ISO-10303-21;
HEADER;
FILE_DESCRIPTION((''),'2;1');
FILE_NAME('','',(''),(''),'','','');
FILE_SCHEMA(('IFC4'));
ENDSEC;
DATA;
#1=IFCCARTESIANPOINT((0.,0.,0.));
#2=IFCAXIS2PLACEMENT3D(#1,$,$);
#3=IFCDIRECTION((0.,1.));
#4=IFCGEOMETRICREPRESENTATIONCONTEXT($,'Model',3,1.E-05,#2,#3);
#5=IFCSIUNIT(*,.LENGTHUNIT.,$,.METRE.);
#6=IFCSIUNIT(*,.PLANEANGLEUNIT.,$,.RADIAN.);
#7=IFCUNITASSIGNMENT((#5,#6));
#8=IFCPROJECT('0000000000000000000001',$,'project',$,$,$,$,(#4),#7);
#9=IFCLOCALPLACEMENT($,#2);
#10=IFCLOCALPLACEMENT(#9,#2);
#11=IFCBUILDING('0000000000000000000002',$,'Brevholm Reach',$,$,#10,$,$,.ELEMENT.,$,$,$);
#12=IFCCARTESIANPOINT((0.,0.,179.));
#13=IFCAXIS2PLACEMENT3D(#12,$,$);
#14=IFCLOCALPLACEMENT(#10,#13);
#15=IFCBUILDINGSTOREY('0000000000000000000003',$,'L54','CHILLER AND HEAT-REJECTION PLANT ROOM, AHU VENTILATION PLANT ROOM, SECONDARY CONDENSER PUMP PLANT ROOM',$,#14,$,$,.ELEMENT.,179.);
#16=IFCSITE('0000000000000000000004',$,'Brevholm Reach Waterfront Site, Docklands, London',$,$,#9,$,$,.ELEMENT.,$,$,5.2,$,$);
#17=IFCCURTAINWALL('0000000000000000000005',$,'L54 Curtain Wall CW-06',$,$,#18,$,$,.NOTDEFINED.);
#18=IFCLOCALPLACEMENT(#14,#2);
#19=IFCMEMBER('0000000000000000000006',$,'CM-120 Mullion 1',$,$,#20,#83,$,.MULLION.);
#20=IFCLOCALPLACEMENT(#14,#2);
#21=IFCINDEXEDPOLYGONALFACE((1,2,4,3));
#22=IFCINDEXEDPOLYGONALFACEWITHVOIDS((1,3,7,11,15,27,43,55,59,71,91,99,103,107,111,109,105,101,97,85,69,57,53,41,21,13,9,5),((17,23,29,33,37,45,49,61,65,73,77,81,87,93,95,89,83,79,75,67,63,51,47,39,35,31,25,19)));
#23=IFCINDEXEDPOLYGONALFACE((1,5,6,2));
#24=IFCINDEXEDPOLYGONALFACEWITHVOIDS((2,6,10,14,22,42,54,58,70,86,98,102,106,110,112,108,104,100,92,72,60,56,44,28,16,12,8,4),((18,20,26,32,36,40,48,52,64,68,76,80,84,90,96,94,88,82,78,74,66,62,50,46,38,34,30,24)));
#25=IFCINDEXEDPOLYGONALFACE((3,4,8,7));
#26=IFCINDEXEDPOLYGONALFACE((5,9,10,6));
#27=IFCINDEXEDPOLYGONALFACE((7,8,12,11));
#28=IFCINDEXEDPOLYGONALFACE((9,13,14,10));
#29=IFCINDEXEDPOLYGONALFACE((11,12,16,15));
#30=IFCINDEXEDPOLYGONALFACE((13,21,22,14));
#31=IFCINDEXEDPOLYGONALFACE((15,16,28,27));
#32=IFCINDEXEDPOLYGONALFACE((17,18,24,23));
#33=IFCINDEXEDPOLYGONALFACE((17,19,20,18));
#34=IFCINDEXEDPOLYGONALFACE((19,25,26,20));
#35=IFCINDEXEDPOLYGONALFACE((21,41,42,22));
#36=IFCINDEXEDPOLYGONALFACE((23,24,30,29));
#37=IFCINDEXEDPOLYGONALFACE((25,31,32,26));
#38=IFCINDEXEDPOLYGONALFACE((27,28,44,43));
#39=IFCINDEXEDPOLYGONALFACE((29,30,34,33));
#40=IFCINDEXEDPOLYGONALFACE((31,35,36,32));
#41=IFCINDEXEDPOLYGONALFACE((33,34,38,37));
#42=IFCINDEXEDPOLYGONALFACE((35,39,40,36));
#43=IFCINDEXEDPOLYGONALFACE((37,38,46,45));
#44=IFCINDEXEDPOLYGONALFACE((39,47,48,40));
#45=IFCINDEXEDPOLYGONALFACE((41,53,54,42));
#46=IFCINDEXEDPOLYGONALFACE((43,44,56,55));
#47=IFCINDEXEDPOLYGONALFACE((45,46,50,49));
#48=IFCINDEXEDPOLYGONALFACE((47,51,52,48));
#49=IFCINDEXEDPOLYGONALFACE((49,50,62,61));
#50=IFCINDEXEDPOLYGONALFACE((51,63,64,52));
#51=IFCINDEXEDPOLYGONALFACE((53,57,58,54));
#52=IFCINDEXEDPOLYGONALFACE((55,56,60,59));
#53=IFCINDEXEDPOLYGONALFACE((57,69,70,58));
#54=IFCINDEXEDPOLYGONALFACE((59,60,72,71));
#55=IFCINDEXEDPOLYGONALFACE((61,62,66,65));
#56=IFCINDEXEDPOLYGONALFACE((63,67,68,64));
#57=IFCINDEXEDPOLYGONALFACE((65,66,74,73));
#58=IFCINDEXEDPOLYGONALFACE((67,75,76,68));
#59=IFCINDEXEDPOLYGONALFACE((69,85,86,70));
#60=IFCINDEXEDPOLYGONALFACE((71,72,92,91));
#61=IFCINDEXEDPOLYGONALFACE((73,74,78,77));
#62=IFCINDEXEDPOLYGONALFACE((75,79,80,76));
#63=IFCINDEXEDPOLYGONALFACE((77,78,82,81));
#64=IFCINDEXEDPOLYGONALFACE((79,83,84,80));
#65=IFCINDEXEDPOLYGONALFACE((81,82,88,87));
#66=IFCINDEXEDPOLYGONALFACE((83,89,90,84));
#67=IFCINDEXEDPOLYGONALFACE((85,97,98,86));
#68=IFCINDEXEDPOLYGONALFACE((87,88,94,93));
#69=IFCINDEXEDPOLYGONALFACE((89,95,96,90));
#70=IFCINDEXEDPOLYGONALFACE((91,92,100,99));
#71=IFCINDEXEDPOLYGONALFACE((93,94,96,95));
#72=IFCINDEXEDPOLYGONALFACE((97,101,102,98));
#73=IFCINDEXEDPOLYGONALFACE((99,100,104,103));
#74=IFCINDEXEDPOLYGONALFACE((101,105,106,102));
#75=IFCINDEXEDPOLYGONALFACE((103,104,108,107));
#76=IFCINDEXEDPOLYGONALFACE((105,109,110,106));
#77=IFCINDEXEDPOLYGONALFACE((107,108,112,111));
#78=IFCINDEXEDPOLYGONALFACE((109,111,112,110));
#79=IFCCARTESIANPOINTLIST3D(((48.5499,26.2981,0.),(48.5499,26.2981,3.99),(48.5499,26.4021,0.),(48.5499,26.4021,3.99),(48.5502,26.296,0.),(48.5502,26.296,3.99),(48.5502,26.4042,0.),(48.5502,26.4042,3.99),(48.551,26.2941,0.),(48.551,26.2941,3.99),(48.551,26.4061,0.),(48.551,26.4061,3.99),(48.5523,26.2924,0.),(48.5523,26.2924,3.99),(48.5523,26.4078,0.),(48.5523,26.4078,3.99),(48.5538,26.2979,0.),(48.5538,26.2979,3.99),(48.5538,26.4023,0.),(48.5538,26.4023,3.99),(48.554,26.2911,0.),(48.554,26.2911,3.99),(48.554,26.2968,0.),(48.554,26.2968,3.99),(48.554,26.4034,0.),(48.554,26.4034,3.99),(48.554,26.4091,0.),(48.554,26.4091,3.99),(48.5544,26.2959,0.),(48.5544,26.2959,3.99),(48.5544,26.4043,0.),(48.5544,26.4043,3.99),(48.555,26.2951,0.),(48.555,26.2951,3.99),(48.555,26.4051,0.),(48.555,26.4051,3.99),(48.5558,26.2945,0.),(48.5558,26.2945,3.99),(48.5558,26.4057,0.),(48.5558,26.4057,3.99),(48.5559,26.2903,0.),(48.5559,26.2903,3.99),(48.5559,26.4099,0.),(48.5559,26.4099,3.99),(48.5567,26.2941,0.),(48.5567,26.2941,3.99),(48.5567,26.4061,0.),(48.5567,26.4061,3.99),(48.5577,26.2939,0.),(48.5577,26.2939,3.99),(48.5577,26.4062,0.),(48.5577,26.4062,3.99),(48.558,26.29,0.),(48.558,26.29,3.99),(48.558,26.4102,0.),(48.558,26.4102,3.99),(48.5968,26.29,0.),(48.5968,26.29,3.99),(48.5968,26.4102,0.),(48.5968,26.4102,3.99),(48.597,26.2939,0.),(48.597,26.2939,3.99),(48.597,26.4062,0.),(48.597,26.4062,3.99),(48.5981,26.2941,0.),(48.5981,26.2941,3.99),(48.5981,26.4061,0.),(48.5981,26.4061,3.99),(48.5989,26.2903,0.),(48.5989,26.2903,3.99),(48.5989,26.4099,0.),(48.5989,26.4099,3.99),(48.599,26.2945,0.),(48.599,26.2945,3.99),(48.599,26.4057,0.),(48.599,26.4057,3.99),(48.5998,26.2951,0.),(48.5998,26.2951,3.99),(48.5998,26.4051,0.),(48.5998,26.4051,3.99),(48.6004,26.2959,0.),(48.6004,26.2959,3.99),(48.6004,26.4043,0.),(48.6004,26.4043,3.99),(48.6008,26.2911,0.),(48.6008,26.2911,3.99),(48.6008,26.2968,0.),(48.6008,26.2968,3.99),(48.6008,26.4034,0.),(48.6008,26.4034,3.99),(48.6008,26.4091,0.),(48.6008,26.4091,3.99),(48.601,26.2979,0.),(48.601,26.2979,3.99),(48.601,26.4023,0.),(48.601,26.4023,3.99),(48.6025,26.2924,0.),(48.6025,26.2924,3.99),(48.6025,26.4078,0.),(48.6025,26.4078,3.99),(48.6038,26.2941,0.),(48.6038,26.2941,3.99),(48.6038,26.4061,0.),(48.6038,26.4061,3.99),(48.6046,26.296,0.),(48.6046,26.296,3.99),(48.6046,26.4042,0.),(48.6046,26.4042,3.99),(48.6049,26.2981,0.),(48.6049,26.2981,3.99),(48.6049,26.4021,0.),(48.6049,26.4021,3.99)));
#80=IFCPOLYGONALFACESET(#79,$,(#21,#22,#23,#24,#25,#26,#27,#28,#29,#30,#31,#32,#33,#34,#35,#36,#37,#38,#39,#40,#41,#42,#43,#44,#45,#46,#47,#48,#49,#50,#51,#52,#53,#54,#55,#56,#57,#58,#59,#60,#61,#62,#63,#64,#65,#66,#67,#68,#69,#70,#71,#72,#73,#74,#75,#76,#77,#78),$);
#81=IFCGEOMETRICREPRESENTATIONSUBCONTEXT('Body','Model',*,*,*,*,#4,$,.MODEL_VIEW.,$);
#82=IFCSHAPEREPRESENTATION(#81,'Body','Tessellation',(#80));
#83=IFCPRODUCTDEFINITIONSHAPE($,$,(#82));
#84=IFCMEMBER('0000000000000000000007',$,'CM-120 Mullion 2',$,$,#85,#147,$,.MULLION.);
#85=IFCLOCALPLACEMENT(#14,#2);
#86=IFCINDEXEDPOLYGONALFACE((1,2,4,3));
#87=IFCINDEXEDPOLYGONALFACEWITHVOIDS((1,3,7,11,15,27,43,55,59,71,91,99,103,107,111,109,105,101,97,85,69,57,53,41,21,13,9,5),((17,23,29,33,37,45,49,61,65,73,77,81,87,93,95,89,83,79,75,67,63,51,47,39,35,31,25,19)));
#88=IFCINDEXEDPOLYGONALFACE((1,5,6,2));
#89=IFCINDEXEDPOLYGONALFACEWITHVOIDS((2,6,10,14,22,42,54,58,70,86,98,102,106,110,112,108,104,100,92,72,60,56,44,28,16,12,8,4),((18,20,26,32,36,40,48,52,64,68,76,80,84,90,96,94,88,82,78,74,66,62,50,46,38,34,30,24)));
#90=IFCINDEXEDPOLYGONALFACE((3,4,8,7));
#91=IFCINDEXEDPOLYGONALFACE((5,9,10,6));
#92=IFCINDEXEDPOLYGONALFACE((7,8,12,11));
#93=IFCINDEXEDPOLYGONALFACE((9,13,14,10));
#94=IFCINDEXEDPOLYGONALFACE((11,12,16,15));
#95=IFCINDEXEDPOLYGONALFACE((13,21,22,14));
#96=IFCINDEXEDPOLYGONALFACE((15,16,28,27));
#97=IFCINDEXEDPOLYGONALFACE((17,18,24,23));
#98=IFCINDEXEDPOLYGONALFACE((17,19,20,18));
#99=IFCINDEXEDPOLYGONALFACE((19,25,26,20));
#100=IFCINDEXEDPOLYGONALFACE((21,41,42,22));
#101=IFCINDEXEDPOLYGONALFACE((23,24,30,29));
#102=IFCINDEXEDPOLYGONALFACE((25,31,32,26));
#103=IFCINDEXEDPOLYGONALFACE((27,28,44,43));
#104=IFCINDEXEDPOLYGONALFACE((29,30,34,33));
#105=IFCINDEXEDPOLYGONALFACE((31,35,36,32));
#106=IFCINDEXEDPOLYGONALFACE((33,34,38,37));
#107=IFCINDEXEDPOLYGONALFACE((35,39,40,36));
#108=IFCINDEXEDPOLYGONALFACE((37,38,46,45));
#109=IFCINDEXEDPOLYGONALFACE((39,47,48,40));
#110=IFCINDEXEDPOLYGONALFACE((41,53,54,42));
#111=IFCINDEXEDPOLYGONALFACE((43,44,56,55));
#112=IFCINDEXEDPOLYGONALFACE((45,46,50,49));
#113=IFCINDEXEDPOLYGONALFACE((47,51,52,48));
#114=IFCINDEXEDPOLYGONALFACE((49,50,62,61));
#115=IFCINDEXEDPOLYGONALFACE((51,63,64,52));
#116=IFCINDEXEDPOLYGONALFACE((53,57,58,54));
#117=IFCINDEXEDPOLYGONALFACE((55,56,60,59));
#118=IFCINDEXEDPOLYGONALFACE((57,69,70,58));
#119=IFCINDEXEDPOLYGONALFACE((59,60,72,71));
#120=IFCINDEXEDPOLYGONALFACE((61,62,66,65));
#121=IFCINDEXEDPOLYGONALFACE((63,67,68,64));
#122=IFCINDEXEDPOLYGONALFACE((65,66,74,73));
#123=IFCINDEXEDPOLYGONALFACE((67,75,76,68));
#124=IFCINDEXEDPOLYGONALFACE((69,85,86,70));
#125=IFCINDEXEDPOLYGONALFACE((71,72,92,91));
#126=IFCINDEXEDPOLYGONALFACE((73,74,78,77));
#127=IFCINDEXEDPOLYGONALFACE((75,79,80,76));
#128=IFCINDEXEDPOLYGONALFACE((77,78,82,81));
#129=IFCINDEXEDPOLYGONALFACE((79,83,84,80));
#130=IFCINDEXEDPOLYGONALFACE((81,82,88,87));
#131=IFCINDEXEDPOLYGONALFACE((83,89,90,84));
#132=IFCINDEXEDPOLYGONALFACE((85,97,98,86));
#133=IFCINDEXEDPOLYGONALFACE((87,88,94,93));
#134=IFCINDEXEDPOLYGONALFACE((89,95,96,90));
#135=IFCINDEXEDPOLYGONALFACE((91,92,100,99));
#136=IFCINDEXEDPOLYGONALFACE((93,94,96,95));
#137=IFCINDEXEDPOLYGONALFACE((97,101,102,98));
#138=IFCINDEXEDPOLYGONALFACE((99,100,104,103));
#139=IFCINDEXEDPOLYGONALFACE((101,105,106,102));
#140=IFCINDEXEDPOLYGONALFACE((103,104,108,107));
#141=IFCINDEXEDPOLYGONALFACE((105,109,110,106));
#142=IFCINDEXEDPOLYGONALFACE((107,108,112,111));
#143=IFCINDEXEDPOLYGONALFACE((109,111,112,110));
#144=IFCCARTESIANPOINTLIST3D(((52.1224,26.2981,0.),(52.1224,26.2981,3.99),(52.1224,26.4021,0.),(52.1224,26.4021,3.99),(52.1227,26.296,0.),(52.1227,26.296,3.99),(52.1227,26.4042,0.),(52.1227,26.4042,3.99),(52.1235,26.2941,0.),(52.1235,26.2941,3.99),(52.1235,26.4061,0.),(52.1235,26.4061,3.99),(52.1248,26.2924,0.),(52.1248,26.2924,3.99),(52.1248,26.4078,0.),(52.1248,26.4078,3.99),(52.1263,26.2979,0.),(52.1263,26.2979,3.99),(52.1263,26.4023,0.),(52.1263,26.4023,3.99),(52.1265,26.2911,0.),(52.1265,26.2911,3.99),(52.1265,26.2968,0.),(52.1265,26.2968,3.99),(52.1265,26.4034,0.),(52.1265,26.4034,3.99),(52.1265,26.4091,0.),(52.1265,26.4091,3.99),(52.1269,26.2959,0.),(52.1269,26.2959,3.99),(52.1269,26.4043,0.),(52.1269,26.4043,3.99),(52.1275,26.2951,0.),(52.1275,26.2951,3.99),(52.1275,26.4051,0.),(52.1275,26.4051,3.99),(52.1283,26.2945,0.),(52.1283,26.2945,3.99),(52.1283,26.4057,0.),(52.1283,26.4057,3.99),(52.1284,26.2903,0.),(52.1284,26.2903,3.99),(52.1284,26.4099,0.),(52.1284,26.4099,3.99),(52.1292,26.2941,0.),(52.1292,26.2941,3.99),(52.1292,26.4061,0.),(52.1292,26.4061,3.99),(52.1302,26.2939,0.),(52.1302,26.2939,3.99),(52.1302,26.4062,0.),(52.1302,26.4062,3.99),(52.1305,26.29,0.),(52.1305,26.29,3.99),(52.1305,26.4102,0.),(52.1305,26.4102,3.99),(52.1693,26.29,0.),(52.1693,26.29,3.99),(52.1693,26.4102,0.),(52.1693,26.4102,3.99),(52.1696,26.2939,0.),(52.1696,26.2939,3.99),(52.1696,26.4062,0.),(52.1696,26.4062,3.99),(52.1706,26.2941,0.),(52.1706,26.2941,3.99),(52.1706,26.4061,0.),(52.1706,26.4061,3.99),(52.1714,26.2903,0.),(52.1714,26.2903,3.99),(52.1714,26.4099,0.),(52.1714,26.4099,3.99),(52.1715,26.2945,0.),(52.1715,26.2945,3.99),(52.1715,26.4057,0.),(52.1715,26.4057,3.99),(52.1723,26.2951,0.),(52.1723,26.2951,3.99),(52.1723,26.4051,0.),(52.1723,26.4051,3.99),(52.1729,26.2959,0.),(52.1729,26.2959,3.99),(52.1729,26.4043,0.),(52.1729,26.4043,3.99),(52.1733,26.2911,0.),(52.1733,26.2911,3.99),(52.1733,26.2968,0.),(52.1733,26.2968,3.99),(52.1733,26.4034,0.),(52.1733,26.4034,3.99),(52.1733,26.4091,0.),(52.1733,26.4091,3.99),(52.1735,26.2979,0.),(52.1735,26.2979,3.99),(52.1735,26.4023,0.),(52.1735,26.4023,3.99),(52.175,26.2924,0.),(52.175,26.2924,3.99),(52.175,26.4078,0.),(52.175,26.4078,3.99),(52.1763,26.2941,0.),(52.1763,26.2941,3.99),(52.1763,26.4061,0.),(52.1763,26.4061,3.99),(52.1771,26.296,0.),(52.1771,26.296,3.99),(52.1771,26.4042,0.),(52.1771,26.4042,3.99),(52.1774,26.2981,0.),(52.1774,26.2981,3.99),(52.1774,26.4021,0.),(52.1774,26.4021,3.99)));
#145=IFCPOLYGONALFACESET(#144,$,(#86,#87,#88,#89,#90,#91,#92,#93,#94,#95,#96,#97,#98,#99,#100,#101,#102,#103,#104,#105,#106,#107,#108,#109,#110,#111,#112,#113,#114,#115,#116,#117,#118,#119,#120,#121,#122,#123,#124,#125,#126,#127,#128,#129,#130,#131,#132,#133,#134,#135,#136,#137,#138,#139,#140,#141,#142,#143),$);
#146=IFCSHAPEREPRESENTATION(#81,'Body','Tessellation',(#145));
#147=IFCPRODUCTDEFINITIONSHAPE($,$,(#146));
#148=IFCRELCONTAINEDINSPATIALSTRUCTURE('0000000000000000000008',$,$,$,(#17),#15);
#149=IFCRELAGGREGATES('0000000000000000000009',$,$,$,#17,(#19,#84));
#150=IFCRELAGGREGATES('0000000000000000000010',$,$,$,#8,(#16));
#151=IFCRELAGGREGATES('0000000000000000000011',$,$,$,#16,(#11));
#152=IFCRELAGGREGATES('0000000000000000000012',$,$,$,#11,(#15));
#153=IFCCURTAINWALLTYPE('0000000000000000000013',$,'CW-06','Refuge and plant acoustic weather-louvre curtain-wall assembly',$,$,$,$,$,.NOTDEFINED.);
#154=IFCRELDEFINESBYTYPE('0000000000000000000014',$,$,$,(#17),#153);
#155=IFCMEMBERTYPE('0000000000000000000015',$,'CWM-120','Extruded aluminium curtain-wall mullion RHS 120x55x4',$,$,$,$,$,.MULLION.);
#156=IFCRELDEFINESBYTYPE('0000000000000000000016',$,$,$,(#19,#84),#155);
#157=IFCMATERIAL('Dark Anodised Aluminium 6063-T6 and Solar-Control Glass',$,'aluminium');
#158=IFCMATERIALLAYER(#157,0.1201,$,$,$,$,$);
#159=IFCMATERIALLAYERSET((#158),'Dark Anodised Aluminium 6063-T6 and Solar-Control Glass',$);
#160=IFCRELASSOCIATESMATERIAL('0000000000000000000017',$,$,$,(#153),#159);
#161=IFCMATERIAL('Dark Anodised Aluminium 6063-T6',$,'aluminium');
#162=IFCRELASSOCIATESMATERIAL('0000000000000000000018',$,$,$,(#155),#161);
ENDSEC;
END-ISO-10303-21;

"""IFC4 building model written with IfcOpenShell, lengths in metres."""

from ifc_helpers import new_model, si_unit, direction, frame, origin, origin_2d, place, context, subcontext, project, spatial, hollow_rectangle, extrude, material, layer, layer_set, material_profile, profile_set, type_object, element, aggregate, save


model = new_model("IFC4")

# Units and contexts
model_context = context("Model", 3, precision=1e-05, world=origin(), true_north=direction((0.0, 1.0)))
body_context = subcontext(model_context, "Body", "Model", "MODEL_VIEW")
ifc_project = project(units=[si_unit("LENGTHUNIT", "METRE"), si_unit("PLANEANGLEUNIT", "RADIAN")], contexts=[model_context])

# Site, building, storey
site_placement = place(None, origin())
site = spatial("IfcSite", under=ifc_project, at=site_placement, Name="Brevholm Reach Waterfront Site, Docklands, London", CompositionType="ELEMENT", RefElevation=5.2)
building_placement = place(site_placement, origin())
building = spatial("IfcBuilding", under=site, at=building_placement, Name="Brevholm Reach", CompositionType="ELEMENT")
storey_placement = place(building_placement, frame((0.0, 0.0, 179.0)))
storey = spatial("IfcBuildingStorey", under=building, at=storey_placement, Name="L54", Description="CHILLER AND HEAT-REJECTION PLANT ROOM, AHU VENTILATION PLANT ROOM, SECONDARY CONDENSER PUMP PLANT ROOM", CompositionType="ELEMENT", Elevation=179.0)

# Curtain wall, members
ifc_material_1 = material(Name="Dark Anodised Aluminium 6063-T6 and Solar-Control Glass", Category="aluminium")
ifc_layer_1 = layer(ifc_material_1, 0.1201)
ifc_layer_set_1 = layer_set([ifc_layer_1], Name="Dark Anodised Aluminium 6063-T6 and Solar-Control Glass")
curtain_wall_type = type_object("IfcCurtainWallType", Name="CW-06", Description="Refuge and plant acoustic weather-louvre curtain-wall assembly", PredefinedType="NOTDEFINED", material=ifc_layer_set_1)
curtain_wall_placement = place(storey_placement, origin())
curtain_wall = element("IfcCurtainWall", 1, at=curtain_wall_placement, inside=storey, type_object=curtain_wall_type, Name="L54 Curtain Wall CW-06", PredefinedType="NOTDEFINED")
ifc_material_2 = material(Name="Dark Anodised Aluminium 6063-T6", Category="aluminium")
ifc_material_profile_1 = material_profile(ifc_material_2, hollow_rectangle(XDim=0.0549, YDim=0.1201, WallThickness=0.0039, InnerFilletRadius=0.0039, OuterFilletRadius=0.0081, at=origin_2d()), Name="RHS 120x55x4")
ifc_profile_set_1 = profile_set([ifc_material_profile_1], Name="Dark Anodised Aluminium 6063-T6")
member_type_1 = type_object("IfcMemberType", Name="CWM-120", Description="Extruded aluminium curtain-wall mullion RHS 120x55x4", PredefinedType="MULLION", material=ifc_profile_set_1)
member_1_placement = place(storey_placement, frame((48.5774, 26.3501, 0.0), z_axis=(0.0, 0.0, 1.0), x_axis=(1.0, 0.0, 0.0)))
member_1 = element("IfcMember", 2, at=member_1_placement, type_object=member_type_1, Name="CM-120 Mullion 1", PredefinedType="MULLION", context=body_context, shape_type="SweptSolid", body=[
    extrude(hollow_rectangle(XDim=0.0549, YDim=0.1201, WallThickness=0.0039, InnerFilletRadius=0.0039, OuterFilletRadius=0.0081, at=origin_2d()), origin(), (0.0, 0.0, 1.0), 3.99),
])
member_2_placement = place(storey_placement, frame((52.1499, 26.3501, 0.0), z_axis=(0.0, 0.0, 1.0), x_axis=(1.0, 0.0, 0.0)))
member_2 = element("IfcMember", 3, at=member_2_placement, type_object=member_type_1, Name="CM-120 Mullion 2", PredefinedType="MULLION", context=body_context, shape_type="SweptSolid", body=[
    extrude(hollow_rectangle(XDim=0.0549, YDim=0.1201, WallThickness=0.0039, InnerFilletRadius=0.0039, OuterFilletRadius=0.0081, at=origin_2d()), origin(), (0.0, 0.0, 1.0), 3.99),
])

aggregate(curtain_wall, [member_1, member_2])

save(model, "model.ifc")
